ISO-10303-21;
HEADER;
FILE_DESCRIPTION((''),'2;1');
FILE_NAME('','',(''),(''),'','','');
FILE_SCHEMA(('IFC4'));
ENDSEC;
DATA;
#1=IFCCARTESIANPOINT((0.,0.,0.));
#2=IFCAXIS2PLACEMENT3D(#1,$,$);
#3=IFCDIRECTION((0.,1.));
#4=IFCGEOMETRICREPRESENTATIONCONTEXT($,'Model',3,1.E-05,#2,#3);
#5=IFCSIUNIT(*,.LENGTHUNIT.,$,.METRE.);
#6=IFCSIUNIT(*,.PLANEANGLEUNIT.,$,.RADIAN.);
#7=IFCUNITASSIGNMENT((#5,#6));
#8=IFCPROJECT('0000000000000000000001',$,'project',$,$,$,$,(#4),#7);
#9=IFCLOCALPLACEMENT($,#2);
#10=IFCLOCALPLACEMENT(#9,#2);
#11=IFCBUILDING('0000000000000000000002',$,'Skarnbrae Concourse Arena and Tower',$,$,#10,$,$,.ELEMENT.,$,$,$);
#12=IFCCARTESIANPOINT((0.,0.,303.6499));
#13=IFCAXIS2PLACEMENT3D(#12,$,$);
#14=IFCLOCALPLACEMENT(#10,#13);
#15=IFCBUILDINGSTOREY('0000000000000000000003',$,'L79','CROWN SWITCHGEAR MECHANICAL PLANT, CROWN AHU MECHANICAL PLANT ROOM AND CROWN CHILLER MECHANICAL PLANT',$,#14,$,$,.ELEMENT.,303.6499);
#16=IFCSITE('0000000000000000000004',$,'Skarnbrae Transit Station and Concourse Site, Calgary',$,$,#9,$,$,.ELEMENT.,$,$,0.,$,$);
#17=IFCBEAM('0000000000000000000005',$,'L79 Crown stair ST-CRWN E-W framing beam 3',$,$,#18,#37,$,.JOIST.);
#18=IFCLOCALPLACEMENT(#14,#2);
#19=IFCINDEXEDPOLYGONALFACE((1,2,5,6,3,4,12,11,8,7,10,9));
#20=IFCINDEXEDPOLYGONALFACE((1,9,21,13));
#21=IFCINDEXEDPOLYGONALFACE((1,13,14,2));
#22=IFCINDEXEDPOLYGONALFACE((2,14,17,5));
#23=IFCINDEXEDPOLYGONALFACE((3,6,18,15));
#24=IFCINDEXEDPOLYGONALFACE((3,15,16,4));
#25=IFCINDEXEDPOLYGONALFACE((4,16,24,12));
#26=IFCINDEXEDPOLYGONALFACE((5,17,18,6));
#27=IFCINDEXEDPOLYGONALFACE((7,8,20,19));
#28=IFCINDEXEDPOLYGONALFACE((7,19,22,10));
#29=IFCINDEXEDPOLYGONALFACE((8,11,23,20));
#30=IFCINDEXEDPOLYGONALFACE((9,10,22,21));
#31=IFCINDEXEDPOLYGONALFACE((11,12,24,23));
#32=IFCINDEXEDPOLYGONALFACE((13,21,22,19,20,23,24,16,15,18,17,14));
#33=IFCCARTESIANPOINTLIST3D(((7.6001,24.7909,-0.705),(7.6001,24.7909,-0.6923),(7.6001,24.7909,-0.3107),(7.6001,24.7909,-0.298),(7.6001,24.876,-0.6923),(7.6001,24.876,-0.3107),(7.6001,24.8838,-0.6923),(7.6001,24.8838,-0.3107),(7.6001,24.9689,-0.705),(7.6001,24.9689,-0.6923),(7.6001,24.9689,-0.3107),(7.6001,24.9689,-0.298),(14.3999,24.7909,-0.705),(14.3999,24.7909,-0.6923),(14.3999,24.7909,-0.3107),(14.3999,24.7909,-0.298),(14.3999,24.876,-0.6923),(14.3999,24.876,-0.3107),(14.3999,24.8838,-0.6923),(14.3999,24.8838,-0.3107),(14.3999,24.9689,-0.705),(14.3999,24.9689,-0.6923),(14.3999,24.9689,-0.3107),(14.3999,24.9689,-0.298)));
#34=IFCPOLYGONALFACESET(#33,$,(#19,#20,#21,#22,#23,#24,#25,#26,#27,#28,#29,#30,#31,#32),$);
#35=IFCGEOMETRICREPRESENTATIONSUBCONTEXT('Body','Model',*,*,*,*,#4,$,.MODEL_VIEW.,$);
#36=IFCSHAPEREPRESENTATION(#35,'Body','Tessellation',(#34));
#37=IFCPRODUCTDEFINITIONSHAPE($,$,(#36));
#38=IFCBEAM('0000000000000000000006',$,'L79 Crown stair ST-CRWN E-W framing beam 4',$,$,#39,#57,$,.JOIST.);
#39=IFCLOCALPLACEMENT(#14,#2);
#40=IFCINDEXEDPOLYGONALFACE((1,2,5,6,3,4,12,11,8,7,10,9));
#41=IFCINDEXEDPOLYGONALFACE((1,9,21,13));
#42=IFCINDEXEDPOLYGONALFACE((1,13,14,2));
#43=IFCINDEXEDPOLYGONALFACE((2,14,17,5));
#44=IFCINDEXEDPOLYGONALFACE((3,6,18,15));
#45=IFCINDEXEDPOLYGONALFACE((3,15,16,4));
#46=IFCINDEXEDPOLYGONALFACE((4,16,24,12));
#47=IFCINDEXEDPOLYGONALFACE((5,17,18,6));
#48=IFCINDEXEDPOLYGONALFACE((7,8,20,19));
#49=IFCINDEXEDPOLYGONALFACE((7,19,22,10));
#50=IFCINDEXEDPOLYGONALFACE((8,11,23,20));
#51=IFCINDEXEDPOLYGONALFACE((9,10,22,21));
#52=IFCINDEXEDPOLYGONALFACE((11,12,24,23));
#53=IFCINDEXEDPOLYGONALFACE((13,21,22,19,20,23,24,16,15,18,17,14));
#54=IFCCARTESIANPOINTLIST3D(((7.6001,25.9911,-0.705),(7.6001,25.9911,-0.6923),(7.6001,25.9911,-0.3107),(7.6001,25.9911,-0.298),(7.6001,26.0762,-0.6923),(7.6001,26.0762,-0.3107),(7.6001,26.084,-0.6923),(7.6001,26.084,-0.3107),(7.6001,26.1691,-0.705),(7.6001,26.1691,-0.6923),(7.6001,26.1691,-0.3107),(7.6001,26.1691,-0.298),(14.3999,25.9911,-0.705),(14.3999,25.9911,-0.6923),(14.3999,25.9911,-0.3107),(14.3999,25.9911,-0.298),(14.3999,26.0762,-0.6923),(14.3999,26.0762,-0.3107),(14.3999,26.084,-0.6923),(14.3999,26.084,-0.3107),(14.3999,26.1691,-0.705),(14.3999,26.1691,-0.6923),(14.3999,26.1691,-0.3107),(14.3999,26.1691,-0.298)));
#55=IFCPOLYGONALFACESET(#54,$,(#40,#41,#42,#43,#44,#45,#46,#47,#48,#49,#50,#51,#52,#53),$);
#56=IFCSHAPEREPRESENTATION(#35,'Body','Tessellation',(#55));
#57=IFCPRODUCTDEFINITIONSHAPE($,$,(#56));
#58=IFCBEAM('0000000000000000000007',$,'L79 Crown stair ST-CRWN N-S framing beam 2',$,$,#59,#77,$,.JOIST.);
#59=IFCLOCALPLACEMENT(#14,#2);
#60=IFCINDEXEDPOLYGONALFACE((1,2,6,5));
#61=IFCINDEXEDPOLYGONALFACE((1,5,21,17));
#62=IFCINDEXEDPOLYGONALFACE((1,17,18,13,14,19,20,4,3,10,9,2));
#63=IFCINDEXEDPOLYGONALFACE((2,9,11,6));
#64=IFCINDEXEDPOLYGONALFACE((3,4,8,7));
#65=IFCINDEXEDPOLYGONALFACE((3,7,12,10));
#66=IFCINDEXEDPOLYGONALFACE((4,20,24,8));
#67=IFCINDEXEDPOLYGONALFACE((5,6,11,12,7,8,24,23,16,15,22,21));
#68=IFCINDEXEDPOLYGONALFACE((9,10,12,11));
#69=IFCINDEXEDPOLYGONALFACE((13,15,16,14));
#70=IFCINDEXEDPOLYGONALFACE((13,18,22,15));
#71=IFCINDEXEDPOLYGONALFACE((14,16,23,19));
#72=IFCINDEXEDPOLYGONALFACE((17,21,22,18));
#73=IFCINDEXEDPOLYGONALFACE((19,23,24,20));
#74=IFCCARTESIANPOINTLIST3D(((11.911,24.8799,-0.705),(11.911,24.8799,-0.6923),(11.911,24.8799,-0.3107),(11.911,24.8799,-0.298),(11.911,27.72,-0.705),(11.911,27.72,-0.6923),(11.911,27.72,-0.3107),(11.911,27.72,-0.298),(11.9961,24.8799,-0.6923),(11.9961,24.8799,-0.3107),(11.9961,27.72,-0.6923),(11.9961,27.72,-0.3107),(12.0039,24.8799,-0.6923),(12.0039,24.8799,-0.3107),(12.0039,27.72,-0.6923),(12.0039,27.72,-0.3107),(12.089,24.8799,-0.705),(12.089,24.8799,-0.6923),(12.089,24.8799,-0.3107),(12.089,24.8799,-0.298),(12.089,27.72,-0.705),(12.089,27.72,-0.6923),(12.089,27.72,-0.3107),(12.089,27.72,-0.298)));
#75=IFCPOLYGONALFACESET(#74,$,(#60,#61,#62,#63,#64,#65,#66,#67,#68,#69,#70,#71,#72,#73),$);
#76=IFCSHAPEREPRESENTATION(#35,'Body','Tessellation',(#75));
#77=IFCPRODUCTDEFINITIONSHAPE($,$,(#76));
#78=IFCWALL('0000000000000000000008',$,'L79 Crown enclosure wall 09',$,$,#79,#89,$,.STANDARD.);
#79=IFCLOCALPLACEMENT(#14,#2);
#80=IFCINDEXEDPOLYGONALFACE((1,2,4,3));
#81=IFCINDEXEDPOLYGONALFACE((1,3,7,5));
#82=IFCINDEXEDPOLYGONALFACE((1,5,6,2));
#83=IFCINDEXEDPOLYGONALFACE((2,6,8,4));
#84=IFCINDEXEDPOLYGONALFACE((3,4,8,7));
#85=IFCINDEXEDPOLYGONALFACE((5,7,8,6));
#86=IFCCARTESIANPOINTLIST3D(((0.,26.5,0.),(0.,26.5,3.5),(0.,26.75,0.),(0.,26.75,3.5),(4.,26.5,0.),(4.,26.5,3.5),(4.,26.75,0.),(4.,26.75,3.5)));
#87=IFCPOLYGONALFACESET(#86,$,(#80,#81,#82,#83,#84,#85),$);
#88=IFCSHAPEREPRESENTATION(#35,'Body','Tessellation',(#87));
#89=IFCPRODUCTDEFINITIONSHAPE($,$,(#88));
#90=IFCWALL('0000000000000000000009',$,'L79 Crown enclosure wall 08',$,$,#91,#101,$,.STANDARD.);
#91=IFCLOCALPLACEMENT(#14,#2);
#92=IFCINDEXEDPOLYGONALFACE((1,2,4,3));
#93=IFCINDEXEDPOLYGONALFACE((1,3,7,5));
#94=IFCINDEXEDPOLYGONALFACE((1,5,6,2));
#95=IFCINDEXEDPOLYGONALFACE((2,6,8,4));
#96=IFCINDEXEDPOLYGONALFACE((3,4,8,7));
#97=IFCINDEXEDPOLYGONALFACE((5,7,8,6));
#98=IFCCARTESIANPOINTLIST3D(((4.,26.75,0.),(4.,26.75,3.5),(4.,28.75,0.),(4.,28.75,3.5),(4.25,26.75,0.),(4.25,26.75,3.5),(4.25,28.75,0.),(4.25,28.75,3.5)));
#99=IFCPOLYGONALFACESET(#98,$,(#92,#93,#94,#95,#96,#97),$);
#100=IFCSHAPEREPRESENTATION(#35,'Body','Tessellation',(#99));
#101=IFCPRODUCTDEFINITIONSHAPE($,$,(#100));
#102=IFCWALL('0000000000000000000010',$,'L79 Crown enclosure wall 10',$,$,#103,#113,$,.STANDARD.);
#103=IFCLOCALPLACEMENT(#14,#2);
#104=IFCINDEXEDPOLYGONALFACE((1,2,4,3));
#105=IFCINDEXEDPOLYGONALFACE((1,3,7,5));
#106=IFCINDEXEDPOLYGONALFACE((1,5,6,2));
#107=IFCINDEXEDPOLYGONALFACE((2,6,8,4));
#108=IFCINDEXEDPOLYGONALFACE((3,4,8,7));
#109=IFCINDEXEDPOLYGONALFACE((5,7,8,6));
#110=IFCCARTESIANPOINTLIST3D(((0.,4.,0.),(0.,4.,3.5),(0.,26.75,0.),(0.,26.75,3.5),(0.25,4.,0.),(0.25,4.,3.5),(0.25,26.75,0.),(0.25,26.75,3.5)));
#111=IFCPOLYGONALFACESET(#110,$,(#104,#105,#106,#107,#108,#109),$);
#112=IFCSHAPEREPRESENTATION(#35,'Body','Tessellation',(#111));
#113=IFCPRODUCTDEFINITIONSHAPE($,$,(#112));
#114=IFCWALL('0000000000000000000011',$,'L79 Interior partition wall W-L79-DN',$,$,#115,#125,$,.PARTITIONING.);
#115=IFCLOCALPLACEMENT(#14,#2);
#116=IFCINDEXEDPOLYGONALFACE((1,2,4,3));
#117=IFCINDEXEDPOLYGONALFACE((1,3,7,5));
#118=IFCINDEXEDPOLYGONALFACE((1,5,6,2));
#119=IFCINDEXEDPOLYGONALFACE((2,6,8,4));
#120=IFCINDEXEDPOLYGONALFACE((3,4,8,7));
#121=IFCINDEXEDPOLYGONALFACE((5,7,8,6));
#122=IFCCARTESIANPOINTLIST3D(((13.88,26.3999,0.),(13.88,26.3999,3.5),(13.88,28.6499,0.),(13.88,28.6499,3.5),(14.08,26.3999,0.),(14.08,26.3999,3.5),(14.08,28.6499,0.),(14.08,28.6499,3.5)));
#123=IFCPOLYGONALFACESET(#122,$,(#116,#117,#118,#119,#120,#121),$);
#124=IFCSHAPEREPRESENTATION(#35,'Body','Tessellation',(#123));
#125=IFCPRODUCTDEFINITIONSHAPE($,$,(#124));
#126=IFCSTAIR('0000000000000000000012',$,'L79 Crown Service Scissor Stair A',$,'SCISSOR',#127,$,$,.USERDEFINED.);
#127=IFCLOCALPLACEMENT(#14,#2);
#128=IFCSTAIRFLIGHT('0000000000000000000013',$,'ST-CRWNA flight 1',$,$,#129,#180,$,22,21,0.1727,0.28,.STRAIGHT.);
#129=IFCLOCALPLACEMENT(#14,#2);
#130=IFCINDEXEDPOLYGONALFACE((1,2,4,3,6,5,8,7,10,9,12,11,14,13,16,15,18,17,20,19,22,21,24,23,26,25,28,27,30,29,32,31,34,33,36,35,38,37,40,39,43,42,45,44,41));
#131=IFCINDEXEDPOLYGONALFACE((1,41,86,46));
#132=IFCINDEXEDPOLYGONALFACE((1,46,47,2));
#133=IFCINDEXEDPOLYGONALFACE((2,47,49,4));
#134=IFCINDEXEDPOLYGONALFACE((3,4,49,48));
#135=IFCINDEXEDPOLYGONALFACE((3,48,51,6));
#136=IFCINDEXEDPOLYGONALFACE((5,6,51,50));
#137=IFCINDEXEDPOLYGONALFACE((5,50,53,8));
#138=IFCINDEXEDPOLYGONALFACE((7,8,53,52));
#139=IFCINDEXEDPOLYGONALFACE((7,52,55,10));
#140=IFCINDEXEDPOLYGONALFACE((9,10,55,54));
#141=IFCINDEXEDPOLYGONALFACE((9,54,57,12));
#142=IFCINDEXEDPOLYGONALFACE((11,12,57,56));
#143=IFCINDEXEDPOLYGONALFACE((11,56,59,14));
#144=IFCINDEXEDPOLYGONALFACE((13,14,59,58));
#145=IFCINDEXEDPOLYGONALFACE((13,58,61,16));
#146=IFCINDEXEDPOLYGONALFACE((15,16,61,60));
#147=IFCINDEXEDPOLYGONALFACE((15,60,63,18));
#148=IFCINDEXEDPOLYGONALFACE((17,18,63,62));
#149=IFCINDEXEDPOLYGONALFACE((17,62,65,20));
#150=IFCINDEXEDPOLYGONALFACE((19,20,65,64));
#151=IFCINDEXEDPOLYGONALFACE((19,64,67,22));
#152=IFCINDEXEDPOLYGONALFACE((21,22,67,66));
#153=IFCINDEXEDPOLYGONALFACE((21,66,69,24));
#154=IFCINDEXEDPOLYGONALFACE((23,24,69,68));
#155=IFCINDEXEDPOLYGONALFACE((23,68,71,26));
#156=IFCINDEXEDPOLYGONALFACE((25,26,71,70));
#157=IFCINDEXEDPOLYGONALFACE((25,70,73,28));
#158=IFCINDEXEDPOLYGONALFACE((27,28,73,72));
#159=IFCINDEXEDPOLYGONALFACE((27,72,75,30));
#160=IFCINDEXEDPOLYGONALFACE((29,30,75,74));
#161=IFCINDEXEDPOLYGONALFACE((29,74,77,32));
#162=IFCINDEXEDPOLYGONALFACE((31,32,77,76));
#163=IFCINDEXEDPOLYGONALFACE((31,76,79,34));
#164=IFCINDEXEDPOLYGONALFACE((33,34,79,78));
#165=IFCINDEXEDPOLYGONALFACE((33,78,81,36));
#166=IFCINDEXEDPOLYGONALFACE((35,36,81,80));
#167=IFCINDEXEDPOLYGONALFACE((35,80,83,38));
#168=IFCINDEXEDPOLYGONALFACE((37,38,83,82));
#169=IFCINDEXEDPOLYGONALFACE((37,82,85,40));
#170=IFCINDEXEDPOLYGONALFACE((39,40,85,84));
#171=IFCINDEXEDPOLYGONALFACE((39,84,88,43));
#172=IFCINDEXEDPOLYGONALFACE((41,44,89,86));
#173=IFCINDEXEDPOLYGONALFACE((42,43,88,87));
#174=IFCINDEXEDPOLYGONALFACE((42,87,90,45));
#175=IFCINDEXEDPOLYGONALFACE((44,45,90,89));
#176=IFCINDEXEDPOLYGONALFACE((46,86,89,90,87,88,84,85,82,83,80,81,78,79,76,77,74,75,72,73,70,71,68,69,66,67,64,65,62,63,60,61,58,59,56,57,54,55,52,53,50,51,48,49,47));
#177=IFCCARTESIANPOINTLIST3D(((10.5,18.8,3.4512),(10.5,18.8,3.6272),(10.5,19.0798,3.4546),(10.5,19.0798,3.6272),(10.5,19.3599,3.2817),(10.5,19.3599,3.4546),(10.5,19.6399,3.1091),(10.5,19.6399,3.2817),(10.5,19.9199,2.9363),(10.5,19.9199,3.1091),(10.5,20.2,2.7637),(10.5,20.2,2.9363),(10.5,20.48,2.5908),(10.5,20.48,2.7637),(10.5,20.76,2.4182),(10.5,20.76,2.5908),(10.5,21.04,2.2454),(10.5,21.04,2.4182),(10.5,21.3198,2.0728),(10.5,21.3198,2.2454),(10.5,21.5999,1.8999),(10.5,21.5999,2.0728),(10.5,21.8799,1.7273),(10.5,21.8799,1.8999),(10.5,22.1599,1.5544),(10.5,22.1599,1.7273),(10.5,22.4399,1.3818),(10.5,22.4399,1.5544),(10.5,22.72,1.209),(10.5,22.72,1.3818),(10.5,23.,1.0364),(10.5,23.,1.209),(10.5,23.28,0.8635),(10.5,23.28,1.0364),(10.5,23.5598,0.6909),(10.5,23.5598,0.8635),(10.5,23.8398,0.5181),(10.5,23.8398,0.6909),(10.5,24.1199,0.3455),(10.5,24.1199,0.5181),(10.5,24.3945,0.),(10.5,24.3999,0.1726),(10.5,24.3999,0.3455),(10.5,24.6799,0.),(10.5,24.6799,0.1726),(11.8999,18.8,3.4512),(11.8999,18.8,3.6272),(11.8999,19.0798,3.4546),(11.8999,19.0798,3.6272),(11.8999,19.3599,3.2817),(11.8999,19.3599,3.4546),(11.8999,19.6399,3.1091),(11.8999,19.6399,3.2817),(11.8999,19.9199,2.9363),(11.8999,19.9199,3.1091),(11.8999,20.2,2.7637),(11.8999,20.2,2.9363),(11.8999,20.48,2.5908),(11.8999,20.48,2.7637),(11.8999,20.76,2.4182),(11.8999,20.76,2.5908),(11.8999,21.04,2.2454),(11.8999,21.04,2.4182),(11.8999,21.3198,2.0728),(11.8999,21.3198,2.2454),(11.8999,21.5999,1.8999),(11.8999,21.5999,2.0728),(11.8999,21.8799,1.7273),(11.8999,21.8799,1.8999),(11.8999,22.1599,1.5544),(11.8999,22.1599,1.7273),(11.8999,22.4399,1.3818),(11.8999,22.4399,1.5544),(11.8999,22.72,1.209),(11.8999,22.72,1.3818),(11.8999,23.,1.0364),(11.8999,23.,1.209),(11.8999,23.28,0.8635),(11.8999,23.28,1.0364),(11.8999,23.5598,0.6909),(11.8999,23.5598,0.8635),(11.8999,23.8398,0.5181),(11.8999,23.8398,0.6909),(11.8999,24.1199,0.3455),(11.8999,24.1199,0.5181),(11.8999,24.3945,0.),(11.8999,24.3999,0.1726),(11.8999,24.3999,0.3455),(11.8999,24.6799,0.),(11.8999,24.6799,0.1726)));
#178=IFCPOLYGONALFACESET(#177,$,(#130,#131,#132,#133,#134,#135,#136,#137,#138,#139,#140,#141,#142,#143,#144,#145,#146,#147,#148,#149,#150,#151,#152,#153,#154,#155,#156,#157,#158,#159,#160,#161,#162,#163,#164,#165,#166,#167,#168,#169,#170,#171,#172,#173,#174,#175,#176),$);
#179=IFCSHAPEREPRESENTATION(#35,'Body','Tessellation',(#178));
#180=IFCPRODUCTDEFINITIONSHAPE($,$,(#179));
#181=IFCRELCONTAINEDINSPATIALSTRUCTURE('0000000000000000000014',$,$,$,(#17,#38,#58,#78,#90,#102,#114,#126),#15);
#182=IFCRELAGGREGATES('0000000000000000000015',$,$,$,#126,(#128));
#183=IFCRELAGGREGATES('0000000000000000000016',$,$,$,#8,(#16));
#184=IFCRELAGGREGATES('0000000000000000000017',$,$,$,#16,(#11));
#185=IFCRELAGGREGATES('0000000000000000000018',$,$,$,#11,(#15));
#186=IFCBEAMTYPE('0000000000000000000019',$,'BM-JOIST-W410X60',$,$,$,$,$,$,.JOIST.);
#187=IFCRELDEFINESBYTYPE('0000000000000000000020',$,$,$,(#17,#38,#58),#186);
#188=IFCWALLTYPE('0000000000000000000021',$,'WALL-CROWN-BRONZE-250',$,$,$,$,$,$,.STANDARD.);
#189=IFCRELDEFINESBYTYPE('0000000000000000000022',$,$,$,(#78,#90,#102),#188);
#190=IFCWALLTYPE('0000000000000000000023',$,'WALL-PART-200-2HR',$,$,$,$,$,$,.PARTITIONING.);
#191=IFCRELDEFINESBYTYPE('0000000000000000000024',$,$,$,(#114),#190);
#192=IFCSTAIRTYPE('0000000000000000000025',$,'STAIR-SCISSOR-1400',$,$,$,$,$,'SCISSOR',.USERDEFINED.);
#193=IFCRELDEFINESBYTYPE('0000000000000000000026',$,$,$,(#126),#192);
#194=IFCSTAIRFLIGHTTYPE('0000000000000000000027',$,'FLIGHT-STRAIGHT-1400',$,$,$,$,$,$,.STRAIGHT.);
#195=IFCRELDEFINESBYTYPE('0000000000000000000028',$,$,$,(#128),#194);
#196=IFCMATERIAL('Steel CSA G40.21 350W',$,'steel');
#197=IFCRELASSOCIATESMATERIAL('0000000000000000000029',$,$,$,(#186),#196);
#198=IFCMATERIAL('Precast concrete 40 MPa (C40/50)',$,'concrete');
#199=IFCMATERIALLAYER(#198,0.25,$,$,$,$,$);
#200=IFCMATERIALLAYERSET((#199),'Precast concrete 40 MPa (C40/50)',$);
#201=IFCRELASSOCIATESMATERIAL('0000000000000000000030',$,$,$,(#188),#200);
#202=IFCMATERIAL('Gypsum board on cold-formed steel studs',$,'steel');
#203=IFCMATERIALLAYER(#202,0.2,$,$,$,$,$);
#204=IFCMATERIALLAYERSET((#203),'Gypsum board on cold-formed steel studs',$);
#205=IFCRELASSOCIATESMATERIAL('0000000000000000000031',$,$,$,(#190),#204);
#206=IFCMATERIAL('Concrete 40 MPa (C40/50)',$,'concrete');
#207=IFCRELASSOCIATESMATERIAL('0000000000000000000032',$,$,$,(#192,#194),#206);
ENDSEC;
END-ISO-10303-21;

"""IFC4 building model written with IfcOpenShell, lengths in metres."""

from ifc_helpers import new_model, si_unit, direction, frame, frame_2d, origin, origin_2d, place, context, subcontext, project, spatial, polyline, rectangle, i_section, outline, extrude, source, transform, mapped, material, layer, layer_set, material_profile, profile_set, type_object, element, aggregate, save


model = new_model("IFC4")

# Units and contexts
model_context = context("Model", 3, precision=1e-05, world=origin(), true_north=direction((0.0, 1.0)))
body_context = subcontext(model_context, "Body", "Model", "MODEL_VIEW")
ifc_project = project(units=[si_unit("LENGTHUNIT", "METRE"), si_unit("PLANEANGLEUNIT", "RADIAN")], contexts=[model_context])

# Site, building, storey
site_placement = place(None, origin())
site = spatial("IfcSite", under=ifc_project, at=site_placement, Name="Skarnbrae Transit Station and Concourse Site, Calgary", CompositionType="ELEMENT", RefElevation=0.0)
building_placement = place(site_placement, origin())
building = spatial("IfcBuilding", under=site, at=building_placement, Name="Skarnbrae Concourse Arena and Tower", CompositionType="ELEMENT")
storey_placement = place(building_placement, frame((0.0, 0.0, 303.6499)))
storey = spatial("IfcBuildingStorey", under=building, at=storey_placement, Name="L79", Description="CROWN SWITCHGEAR MECHANICAL PLANT, CROWN AHU MECHANICAL PLANT ROOM AND CROWN CHILLER MECHANICAL PLANT", CompositionType="ELEMENT", Elevation=303.6499)

# Shared definitions
ifc_material_1 = material(Name="Steel CSA G40.21 350W", Category="steel")

# Beams
ifc_material_profile_1 = material_profile(ifc_material_1, i_section(OverallWidth=0.178, OverallDepth=0.407, WebThickness=0.0078, FlangeThickness=0.0127, at=origin_2d()), Name="W410X60")
ifc_profile_set_1 = profile_set([ifc_material_profile_1], Name="Steel CSA G40.21 350W")
beam_type_1 = type_object("IfcBeamType", Name="BM-JOIST-W410X60", PredefinedType="JOIST", material=ifc_profile_set_1)
shared_shape_1 = source(origin(), body_context, "Body", "SweptSolid", [
    extrude(i_section(OverallWidth=0.178, OverallDepth=0.407, WebThickness=0.0078, FlangeThickness=0.0127, at=origin_2d()), origin(), (0.0, 0.0, 1.0), 6.7998),
])
for number, where, z_axis, x_axis, name in (
    (1, (7.6001, 24.8799, -0.5015), (1.0, 0.0, 0.0), (0.0, 1.0, 0.0), "L79 Crown stair ST-CRWN E-W framing beam 3"),
    (2, (7.6001, 26.0801, -0.5015), (1.0, 0.0, 0.0), (0.0, 1.0, 0.0), "L79 Crown stair ST-CRWN E-W framing beam 4"),
):
    element("IfcBeam", number, at=place(storey_placement, frame(where, z_axis=z_axis, x_axis=x_axis)), inside=storey, type_object=beam_type_1, Name=name, PredefinedType="JOIST", context=body_context, shape_type="MappedRepresentation", body=[
        mapped(shared_shape_1, transform((0.0, 0.0, 0.0))),
    ])
shared_shape_2 = source(origin(), body_context, "Body", "SweptSolid", [
    extrude(i_section(OverallWidth=0.178, OverallDepth=0.407, WebThickness=0.0078, FlangeThickness=0.0127, at=origin_2d()), origin(), (0.0, 0.0, 1.0), 2.8401),
])
beam_1_placement = place(storey_placement, frame((12.0, 24.8799, -0.5015), z_axis=(0.0, 1.0, 0.0), x_axis=(-1.0, 0.0, 0.0)))
element("IfcBeam", 3, at=beam_1_placement, inside=storey, type_object=beam_type_1, Name="L79 Crown stair ST-CRWN N-S framing beam 2", PredefinedType="JOIST", context=body_context, shape_type="MappedRepresentation", body=[
    mapped(shared_shape_2, transform((0.0, 0.0, 0.0))),
])

# Walls
ifc_material_2 = material(Name="Precast concrete 40 MPa (C40/50)", Category="concrete")
ifc_layer_1 = layer(ifc_material_2, 0.25)
ifc_layer_set_1 = layer_set([ifc_layer_1], Name="Precast concrete 40 MPa (C40/50)")
wall_type_1 = type_object("IfcWallType", Name="WALL-CROWN-BRONZE-250", PredefinedType="STANDARD", material=ifc_layer_set_1)
shared_shape_3 = source(origin(), body_context, "Body", "SweptSolid", [
    extrude(rectangle(XDim=4.0, YDim=0.25, at=frame_2d((2.0, 0.0))), origin(), (0.0, 0.0, 1.0), 3.5),
])
wall_1_placement = place(storey_placement, frame((4.0, 26.625, 0.0), z_axis=(0.0, 0.0, 1.0), x_axis=(-1.0, 0.0, 0.0)))
element("IfcWall", 4, at=wall_1_placement, inside=storey, type_object=wall_type_1, Name="L79 Crown enclosure wall 09", PredefinedType="STANDARD", context=body_context, shape_type="MappedRepresentation", body=[
    mapped(shared_shape_3, transform((0.0, 0.0, 0.0))),
])
shared_shape_4 = source(origin(), body_context, "Body", "SweptSolid", [
    extrude(rectangle(XDim=2.0, YDim=0.25, at=frame_2d((1.0, 0.0))), origin(), (0.0, 0.0, 1.0), 3.5),
])
wall_2_placement = place(storey_placement, frame((4.125, 28.75, 0.0), z_axis=(0.0, 0.0, 1.0), x_axis=(0.0, -1.0, 0.0)))
element("IfcWall", 5, at=wall_2_placement, inside=storey, type_object=wall_type_1, Name="L79 Crown enclosure wall 08", PredefinedType="STANDARD", context=body_context, shape_type="MappedRepresentation", body=[
    mapped(shared_shape_4, transform((0.0, 0.0, 0.0))),
])
shared_shape_5 = source(origin(), body_context, "Body", "SweptSolid", [
    extrude(rectangle(XDim=22.75, YDim=0.25, at=frame_2d((11.375, 0.0))), origin(), (0.0, 0.0, 1.0), 3.5),
])
wall_3_placement = place(storey_placement, frame((0.125, 26.75, 0.0), z_axis=(0.0, 0.0, 1.0), x_axis=(0.0, -1.0, 0.0)))
element("IfcWall", 6, at=wall_3_placement, inside=storey, type_object=wall_type_1, Name="L79 Crown enclosure wall 10", PredefinedType="STANDARD", context=body_context, shape_type="MappedRepresentation", body=[
    mapped(shared_shape_5, transform((0.0, 0.0, 0.0))),
])

# Wall
ifc_material_3 = material(Name="Gypsum board on cold-formed steel studs", Category="steel")
ifc_layer_2 = layer(ifc_material_3, 0.2)
ifc_layer_set_2 = layer_set([ifc_layer_2], Name="Gypsum board on cold-formed steel studs")
wall_type_2 = type_object("IfcWallType", Name="WALL-PART-200-2HR", PredefinedType="PARTITIONING", material=ifc_layer_set_2)
shared_shape_6 = source(origin(), body_context, "Body", "SweptSolid", [
    extrude(rectangle(XDim=2.25, YDim=0.2, at=frame_2d((1.125, 0.0))), origin(), (0.0, 0.0, 1.0), 3.5),
])
wall_4_placement = place(storey_placement, frame((13.98, 26.3999, 0.0), z_axis=(0.0, 0.0, 1.0), x_axis=(0.0, 1.0, 0.0)))
element("IfcWall", 7, at=wall_4_placement, inside=storey, type_object=wall_type_2, Name="L79 Interior partition wall W-L79-DN", PredefinedType="PARTITIONING", context=body_context, shape_type="MappedRepresentation", body=[
    mapped(shared_shape_6, transform((0.0, 0.0, 0.0))),
])

# Stair, stair flight
ifc_material_4 = material(Name="Concrete 40 MPa (C40/50)", Category="concrete")
stair_type = type_object("IfcStairType", Name="STAIR-SCISSOR-1400", ElementType="SCISSOR", PredefinedType="USERDEFINED", material=ifc_material_4)
stair_placement = place(storey_placement, origin())
stair = element("IfcStair", 8, at=stair_placement, inside=storey, type_object=stair_type, Name="L79 Crown Service Scissor Stair A", ObjectType="SCISSOR", PredefinedType="USERDEFINED")
stair_flight_type = type_object("IfcStairFlightType", Name="FLIGHT-STRAIGHT-1400", PredefinedType="STRAIGHT", material=ifc_material_4)
shared_shape_7 = source(origin(), body_context, "Body", "SweptSolid", [
    extrude(outline(polyline([(0.0, 0.0), (0.0, 0.1726), (0.28, 0.1726), (0.28, 0.3455), (0.5601, 0.3455), (0.5601, 0.5181), (0.8401, 0.5181), (0.8401, 0.6909), (1.1201, 0.6909), (1.1201, 0.8635), (1.3999, 0.8635), (1.3999, 1.0364), (1.6799, 1.0364), (1.6799, 1.209), (1.96, 1.209), (1.96, 1.3818), (2.24, 1.3818), (2.24, 1.5544), (2.52, 1.5544), (2.52, 1.7273), (2.8, 1.7273), (2.8, 1.8999), (3.0801, 1.8999), (3.0801, 2.0728), (3.3601, 2.0728), (3.3601, 2.2454), (3.6399, 2.2454), (3.6399, 2.4182), (3.9199, 2.4182), (3.9199, 2.5908), (4.2, 2.5908), (4.2, 2.7637), (4.48, 2.7637), (4.48, 2.9363), (4.76, 2.9363), (4.76, 3.1091), (5.04, 3.1091), (5.04, 3.2817), (5.3201, 3.2817), (5.3201, 3.4546), (5.6001, 3.4546), (5.6001, 3.6272), (5.8799, 3.6272), (5.8799, 3.8), (5.8799, 3.4512), (0.2854, 0.0), (0.0, 0.0)])), frame((0.0, 0.7, 0.0), z_axis=(0.0, -1.0, 0.0), x_axis=(1.0, 0.0, 0.0)), (0.0, 0.0, 1.0), 1.3999),
])
stair_flight_placement = place(storey_placement, frame((11.2, 24.6799, 0.0), z_axis=(0.0, 0.0, 1.0), x_axis=(0.0, -1.0, 0.0)))
stair_flight = element("IfcStairFlight", 9, at=stair_flight_placement, type_object=stair_flight_type, Name="ST-CRWNA flight 1", NumberOfRisers=22, NumberOfTreads=21, PredefinedType="STRAIGHT", RiserHeight=0.1727, TreadLength=0.28, context=body_context, shape_type="MappedRepresentation", body=[
    mapped(shared_shape_7, transform((0.0, 0.0, 0.0))),
])
aggregate(stair, [stair_flight])

save(model, "model.ifc")
